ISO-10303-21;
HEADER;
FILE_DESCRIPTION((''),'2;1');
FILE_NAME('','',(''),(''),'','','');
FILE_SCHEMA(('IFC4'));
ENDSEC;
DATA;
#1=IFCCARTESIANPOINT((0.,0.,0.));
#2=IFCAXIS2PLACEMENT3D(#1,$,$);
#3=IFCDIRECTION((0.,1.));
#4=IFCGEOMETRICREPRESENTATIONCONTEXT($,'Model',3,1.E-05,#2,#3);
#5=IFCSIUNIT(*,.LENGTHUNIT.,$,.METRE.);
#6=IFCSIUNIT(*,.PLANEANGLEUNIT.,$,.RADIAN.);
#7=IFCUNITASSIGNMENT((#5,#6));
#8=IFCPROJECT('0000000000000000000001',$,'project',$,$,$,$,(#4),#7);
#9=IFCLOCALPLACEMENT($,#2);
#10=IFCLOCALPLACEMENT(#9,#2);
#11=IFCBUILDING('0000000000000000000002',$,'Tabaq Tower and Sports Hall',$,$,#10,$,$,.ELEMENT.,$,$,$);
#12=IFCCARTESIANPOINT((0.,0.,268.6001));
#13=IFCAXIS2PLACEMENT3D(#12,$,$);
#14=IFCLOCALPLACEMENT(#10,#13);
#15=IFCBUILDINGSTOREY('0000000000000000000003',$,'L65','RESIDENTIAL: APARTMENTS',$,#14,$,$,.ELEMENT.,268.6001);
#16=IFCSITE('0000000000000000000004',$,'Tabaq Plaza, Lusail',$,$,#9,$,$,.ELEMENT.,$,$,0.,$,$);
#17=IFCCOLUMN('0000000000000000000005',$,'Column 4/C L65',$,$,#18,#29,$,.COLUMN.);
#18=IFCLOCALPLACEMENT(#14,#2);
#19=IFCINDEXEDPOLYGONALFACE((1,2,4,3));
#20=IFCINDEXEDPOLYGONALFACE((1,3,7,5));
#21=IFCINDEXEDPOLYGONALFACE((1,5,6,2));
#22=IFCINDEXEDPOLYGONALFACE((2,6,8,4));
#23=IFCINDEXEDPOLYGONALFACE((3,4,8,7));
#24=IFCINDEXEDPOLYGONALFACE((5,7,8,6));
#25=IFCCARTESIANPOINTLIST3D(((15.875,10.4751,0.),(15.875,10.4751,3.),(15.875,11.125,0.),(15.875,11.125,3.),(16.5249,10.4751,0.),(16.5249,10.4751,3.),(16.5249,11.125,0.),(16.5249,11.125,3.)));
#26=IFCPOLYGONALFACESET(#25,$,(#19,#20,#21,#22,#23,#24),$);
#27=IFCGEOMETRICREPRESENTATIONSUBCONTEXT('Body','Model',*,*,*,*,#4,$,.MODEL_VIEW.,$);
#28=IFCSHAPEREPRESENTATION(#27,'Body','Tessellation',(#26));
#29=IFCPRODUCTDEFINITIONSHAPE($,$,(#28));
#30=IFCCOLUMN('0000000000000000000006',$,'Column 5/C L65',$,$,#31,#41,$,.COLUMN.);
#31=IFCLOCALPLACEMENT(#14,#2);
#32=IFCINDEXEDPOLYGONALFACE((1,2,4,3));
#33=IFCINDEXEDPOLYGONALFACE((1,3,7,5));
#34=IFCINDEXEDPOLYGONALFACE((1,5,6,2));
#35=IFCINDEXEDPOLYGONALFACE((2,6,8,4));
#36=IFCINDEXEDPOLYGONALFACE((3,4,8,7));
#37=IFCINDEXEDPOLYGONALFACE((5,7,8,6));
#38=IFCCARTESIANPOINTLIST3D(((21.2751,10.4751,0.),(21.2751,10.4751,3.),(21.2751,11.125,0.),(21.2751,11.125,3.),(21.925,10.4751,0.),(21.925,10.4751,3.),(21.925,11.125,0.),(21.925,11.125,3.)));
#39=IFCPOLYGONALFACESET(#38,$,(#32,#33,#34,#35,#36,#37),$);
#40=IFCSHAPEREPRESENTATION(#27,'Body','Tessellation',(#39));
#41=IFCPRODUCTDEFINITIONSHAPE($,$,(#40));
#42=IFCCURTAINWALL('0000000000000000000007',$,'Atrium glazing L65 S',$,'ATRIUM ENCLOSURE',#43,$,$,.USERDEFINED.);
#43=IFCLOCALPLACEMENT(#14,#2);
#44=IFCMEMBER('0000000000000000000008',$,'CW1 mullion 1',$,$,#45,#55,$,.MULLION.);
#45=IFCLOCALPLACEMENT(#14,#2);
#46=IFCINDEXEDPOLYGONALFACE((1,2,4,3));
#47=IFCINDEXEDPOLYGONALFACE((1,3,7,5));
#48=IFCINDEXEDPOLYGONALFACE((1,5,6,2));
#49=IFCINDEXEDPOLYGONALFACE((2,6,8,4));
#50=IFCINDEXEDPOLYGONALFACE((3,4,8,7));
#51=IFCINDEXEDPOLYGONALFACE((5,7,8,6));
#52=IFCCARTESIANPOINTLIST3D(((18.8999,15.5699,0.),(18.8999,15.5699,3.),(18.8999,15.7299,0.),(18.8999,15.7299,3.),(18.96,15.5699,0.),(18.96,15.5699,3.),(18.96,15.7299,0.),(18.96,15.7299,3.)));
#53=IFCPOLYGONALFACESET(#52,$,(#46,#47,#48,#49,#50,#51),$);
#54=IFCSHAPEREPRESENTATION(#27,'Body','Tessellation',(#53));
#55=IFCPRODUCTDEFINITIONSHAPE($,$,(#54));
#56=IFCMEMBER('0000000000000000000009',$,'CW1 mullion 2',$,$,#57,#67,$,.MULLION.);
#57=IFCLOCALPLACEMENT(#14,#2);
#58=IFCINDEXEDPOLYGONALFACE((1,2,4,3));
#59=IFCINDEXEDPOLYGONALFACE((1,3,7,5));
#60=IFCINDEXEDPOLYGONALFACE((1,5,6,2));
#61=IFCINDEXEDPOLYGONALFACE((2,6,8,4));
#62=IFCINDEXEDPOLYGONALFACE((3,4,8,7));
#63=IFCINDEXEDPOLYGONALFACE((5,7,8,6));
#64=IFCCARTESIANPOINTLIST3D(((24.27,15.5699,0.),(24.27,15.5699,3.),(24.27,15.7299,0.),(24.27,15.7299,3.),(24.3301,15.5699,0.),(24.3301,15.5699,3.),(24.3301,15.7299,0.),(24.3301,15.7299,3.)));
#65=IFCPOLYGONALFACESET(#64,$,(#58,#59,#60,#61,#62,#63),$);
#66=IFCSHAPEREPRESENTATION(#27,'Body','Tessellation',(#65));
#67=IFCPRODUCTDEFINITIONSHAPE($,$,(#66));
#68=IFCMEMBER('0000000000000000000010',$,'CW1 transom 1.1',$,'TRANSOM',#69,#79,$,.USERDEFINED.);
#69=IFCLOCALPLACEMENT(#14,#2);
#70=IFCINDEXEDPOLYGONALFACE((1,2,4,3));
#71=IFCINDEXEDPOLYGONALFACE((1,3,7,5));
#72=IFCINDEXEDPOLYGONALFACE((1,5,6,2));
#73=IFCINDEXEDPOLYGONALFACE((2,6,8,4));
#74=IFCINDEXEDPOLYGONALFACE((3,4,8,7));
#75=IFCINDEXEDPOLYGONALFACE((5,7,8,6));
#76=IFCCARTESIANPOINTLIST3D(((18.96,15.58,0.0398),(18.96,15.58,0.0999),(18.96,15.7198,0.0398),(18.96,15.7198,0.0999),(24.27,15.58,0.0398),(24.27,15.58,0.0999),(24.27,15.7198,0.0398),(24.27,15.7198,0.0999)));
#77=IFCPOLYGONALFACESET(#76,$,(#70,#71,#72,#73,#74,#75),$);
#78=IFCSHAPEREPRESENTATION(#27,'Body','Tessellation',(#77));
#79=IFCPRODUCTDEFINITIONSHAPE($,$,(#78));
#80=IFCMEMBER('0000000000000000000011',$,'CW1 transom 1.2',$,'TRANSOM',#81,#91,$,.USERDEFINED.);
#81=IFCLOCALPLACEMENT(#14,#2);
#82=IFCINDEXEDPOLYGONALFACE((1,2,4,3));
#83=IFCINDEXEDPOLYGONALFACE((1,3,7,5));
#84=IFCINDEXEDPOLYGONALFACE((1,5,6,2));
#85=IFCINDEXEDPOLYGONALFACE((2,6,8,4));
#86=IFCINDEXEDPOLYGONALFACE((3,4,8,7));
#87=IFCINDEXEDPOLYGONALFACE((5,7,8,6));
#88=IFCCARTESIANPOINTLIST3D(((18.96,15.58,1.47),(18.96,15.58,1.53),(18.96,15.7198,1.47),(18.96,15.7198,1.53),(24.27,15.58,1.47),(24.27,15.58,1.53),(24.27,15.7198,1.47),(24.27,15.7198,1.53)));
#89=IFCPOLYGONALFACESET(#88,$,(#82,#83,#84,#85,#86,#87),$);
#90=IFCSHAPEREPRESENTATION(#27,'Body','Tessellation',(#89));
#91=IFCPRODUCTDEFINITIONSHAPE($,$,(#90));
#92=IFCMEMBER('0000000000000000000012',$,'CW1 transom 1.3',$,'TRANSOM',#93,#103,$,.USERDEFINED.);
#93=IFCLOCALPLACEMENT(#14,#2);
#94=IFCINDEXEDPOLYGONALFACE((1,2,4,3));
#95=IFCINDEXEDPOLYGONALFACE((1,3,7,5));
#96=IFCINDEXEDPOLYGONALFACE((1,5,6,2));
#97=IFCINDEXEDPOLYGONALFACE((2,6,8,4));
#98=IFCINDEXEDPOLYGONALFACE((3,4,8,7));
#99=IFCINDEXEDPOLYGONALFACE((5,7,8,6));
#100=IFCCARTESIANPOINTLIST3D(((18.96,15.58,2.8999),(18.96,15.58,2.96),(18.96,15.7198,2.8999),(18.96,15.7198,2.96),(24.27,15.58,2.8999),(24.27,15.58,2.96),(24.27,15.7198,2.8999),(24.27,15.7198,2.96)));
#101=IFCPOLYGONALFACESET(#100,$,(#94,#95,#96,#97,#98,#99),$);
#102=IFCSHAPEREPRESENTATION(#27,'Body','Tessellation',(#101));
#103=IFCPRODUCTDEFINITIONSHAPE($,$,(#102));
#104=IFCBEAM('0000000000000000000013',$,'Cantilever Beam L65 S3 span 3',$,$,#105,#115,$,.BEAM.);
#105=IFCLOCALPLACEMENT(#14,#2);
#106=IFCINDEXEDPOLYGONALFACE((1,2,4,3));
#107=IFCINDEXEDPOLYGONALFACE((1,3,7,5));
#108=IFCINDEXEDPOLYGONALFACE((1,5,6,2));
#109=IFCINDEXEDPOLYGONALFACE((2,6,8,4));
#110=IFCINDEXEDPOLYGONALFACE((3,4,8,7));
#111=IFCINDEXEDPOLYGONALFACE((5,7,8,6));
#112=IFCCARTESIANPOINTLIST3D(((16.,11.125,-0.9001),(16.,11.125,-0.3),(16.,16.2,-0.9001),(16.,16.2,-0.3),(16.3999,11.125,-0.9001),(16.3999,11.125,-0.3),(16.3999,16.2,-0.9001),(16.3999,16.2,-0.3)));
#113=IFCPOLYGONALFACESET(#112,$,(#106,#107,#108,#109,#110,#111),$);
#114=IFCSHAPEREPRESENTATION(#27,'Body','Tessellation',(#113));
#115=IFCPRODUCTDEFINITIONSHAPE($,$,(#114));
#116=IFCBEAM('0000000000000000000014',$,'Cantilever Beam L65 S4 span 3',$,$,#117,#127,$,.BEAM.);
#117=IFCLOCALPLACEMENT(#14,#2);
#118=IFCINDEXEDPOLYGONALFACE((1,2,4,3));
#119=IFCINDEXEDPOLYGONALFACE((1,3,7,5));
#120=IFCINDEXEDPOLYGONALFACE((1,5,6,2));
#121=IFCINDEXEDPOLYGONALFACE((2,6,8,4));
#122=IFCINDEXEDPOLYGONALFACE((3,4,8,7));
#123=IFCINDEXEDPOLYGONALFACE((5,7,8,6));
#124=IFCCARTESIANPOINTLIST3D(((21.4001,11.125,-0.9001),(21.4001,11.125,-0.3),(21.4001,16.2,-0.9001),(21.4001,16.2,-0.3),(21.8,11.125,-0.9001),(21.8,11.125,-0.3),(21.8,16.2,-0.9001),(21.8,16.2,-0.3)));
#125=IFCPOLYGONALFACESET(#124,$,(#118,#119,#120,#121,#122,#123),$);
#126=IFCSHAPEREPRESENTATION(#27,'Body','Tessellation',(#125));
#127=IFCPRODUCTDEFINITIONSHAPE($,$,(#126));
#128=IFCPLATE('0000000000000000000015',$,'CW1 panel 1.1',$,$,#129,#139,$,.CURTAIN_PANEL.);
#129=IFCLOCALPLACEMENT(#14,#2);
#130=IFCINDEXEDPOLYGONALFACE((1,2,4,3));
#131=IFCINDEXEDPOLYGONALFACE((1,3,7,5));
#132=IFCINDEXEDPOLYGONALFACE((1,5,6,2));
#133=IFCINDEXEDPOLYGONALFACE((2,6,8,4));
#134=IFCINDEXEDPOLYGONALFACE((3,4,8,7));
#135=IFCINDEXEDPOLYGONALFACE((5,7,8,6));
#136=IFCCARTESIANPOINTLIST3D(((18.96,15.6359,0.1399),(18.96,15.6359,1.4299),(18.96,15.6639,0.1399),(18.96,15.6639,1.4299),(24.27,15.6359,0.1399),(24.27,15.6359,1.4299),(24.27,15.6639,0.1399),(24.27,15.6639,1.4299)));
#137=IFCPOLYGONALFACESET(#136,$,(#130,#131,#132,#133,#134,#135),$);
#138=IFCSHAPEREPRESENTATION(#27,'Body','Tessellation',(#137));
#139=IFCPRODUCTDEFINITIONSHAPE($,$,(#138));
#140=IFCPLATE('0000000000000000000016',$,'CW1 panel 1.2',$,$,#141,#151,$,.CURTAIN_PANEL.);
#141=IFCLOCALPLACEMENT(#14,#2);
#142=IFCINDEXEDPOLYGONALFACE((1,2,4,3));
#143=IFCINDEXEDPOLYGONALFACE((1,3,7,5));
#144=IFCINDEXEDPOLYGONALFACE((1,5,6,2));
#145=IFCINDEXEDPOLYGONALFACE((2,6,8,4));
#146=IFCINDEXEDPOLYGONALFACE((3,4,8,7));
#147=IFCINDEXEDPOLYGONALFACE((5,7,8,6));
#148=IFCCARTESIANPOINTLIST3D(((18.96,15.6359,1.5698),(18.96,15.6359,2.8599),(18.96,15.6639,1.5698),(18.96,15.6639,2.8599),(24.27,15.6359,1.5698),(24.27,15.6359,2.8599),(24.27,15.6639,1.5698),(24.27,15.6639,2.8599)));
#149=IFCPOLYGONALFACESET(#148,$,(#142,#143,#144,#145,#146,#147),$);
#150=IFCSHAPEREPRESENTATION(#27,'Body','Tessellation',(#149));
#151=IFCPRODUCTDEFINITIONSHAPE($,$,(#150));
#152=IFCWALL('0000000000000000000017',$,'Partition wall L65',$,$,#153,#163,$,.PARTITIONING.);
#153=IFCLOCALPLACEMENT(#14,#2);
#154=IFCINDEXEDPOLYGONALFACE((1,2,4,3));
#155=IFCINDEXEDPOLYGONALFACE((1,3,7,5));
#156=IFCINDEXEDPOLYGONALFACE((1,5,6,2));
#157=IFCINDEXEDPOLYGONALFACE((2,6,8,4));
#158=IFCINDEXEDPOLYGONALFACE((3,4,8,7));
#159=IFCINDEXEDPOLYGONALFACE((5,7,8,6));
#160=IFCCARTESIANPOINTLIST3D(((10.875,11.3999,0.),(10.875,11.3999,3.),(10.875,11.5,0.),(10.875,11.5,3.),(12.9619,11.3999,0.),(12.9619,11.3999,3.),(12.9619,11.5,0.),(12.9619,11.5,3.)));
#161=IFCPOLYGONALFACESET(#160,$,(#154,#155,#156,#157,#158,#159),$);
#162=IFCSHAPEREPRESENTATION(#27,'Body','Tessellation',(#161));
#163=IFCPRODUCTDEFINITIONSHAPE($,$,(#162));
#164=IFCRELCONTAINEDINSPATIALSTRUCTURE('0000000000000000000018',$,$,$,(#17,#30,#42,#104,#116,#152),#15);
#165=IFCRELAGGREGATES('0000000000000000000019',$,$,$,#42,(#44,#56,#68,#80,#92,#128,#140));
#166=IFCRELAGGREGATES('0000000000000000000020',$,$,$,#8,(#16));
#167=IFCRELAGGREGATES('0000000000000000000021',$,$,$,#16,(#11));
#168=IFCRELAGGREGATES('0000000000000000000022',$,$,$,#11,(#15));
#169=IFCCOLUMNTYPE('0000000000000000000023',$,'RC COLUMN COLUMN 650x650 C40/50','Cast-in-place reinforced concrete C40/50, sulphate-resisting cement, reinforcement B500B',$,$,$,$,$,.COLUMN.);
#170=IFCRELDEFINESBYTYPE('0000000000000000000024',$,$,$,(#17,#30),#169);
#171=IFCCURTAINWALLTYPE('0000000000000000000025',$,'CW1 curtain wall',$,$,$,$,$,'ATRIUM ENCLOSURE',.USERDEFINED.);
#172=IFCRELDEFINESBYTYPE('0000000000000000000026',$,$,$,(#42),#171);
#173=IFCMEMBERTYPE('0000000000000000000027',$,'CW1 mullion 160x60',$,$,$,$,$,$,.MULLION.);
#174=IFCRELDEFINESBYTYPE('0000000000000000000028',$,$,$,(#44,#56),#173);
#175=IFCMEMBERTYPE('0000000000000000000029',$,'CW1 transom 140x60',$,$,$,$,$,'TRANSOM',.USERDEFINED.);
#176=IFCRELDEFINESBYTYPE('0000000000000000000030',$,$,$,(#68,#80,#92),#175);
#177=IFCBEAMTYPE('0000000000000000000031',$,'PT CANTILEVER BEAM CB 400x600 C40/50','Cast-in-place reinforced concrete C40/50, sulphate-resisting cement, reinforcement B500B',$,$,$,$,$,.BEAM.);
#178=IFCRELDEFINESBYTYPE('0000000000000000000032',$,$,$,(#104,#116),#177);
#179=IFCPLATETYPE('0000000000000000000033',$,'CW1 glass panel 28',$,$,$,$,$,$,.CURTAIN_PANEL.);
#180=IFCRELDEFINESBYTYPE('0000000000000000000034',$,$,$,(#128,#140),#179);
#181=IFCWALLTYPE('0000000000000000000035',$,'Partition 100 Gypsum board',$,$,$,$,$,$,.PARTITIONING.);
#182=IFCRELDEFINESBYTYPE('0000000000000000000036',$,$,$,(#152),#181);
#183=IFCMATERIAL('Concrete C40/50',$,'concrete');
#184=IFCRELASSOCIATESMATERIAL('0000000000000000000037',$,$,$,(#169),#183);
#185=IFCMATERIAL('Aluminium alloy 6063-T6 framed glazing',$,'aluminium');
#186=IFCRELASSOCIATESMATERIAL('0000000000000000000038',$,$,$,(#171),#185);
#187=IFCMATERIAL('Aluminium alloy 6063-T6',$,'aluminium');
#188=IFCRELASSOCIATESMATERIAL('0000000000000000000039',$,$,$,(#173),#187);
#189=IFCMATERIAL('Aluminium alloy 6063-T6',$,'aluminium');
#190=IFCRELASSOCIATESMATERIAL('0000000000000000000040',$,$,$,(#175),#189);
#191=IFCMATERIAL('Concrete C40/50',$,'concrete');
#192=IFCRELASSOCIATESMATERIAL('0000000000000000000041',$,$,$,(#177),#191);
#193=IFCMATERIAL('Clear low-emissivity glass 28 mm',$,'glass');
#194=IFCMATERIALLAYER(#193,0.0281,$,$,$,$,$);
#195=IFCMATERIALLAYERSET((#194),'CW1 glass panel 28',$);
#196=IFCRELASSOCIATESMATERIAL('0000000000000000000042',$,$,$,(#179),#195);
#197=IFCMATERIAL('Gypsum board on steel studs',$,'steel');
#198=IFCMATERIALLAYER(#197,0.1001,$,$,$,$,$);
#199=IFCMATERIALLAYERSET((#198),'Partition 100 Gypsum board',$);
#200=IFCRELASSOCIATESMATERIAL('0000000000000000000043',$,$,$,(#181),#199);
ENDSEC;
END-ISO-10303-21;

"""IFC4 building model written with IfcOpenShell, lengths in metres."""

from ifc_helpers import new_model, si_unit, direction, frame, frame_2d, origin, origin_2d, place, context, subcontext, project, spatial, rectangle, extrude, material, layer, layer_set, material_profile, profile_set, type_object, element, aggregate, save


model = new_model("IFC4")

# Units and contexts
model_context = context("Model", 3, precision=1e-05, world=origin(), true_north=direction((0.0, 1.0)))
body_context = subcontext(model_context, "Body", "Model", "MODEL_VIEW")
ifc_project = project(units=[si_unit("LENGTHUNIT", "METRE"), si_unit("PLANEANGLEUNIT", "RADIAN")], contexts=[model_context])

# Site, building, storey
site_placement = place(None, origin())
site = spatial("IfcSite", under=ifc_project, at=site_placement, Name="Tabaq Plaza, Lusail", CompositionType="ELEMENT", RefElevation=0.0)
building_placement = place(site_placement, origin())
building = spatial("IfcBuilding", under=site, at=building_placement, Name="Tabaq Tower and Sports Hall", CompositionType="ELEMENT")
storey_placement = place(building_placement, frame((0.0, 0.0, 268.6001)))
storey = spatial("IfcBuildingStorey", under=building, at=storey_placement, Name="L65", Description="RESIDENTIAL: APARTMENTS", CompositionType="ELEMENT", Elevation=268.6001)

# Columns
ifc_material_1 = material(Name="Concrete C40/50", Category="concrete")
ifc_material_profile_1 = material_profile(ifc_material_1, rectangle(XDim=0.6499, YDim=0.6499, at=origin_2d()), Name="COLUMN 650x650")
ifc_profile_set_1 = profile_set([ifc_material_profile_1], Name="Concrete C40/50")
column_type = type_object("IfcColumnType", Name="RC COLUMN COLUMN 650x650 C40/50", Description="Cast-in-place reinforced concrete C40/50, sulphate-resisting cement, reinforcement B500B", PredefinedType="COLUMN", material=ifc_profile_set_1)
for number, where, z_axis, x_axis, name in (
    (1, (16.2, 10.8, 0.0), (0.0, 0.0, 1.0), (1.0, 0.0, 0.0), "Column 4/C L65"),
    (2, (21.6001, 10.8, 0.0), (0.0, 0.0, 1.0), (1.0, 0.0, 0.0), "Column 5/C L65"),
):
    element("IfcColumn", number, at=place(storey_placement, frame(where, z_axis=z_axis, x_axis=x_axis)), inside=storey, type_object=column_type, Name=name, PredefinedType="COLUMN", context=body_context, shape_type="SweptSolid", body=[
        extrude(rectangle(XDim=0.6499, YDim=0.6499, at=origin_2d()), origin(), (0.0, 0.0, 1.0), 3.0),
    ])

# Curtain wall, members
ifc_material_2 = material(Name="Aluminium alloy 6063-T6 framed glazing", Category="aluminium")
curtain_wall_type = type_object("IfcCurtainWallType", Name="CW1 curtain wall", ElementType="ATRIUM ENCLOSURE", PredefinedType="USERDEFINED", material=ifc_material_2)
curtain_wall_placement = place(storey_placement, origin())
curtain_wall = element("IfcCurtainWall", 3, at=curtain_wall_placement, inside=storey, type_object=curtain_wall_type, Name="Atrium glazing L65 S", ObjectType="ATRIUM ENCLOSURE", PredefinedType="USERDEFINED")
ifc_material_3 = material(Name="Aluminium alloy 6063-T6", Category="aluminium")
ifc_material_profile_2 = material_profile(ifc_material_3, rectangle(XDim=0.1599, YDim=0.0601, at=origin_2d()), Name="MULLION 160x60")
ifc_profile_set_2 = profile_set([ifc_material_profile_2], Name="Aluminium alloy 6063-T6")
member_type_1 = type_object("IfcMemberType", Name="CW1 mullion 160x60", PredefinedType="MULLION", material=ifc_profile_set_2)
member_1_placement = place(storey_placement, frame((18.9299, 15.6499, 0.0), z_axis=(0.0, 0.0, 1.0), x_axis=(0.0, 1.0, 0.0)))
member_1 = element("IfcMember", 4, at=member_1_placement, type_object=member_type_1, Name="CW1 mullion 1", PredefinedType="MULLION", context=body_context, shape_type="SweptSolid", body=[
    extrude(rectangle(XDim=0.1599, YDim=0.0601, at=origin_2d()), origin(), (0.0, 0.0, 1.0), 3.0),
])
member_2_placement = place(storey_placement, frame((24.3, 15.6499, 0.0), z_axis=(0.0, 0.0, 1.0), x_axis=(0.0, 1.0, 0.0)))
member_2 = element("IfcMember", 5, at=member_2_placement, type_object=member_type_1, Name="CW1 mullion 2", PredefinedType="MULLION", context=body_context, shape_type="SweptSolid", body=[
    extrude(rectangle(XDim=0.1599, YDim=0.0601, at=origin_2d()), origin(), (0.0, 0.0, 1.0), 3.0),
])
ifc_material_4 = material(Name="Aluminium alloy 6063-T6", Category="aluminium")
ifc_material_profile_3 = material_profile(ifc_material_4, rectangle(XDim=0.1399, YDim=0.0601, at=origin_2d()), Name="TRANSOM 140x60")
ifc_profile_set_3 = profile_set([ifc_material_profile_3], Name="Aluminium alloy 6063-T6")
member_type_2 = type_object("IfcMemberType", Name="CW1 transom 140x60", ElementType="TRANSOM", PredefinedType="USERDEFINED", material=ifc_profile_set_3)
member_3_placement = place(storey_placement, frame((18.96, 15.6499, 0.0698), z_axis=(1.0, 0.0, 0.0), x_axis=(0.0, 1.0, 0.0)))
member_3 = element("IfcMember", 6, at=member_3_placement, type_object=member_type_2, Name="CW1 transom 1.1", ObjectType="TRANSOM", PredefinedType="USERDEFINED", context=body_context, shape_type="SweptSolid", body=[
    extrude(rectangle(XDim=0.1399, YDim=0.0601, at=origin_2d()), origin(), (0.0, 0.0, 1.0), 5.3101),
])
member_4_placement = place(storey_placement, frame((18.96, 15.6499, 1.5), z_axis=(1.0, 0.0, 0.0), x_axis=(0.0, 1.0, 0.0)))
member_4 = element("IfcMember", 7, at=member_4_placement, type_object=member_type_2, Name="CW1 transom 1.2", ObjectType="TRANSOM", PredefinedType="USERDEFINED", context=body_context, shape_type="SweptSolid", body=[
    extrude(rectangle(XDim=0.1399, YDim=0.0601, at=origin_2d()), origin(), (0.0, 0.0, 1.0), 5.3101),
])
member_5_placement = place(storey_placement, frame((18.96, 15.6499, 2.9299), z_axis=(1.0, 0.0, 0.0), x_axis=(0.0, 1.0, 0.0)))
member_5 = element("IfcMember", 8, at=member_5_placement, type_object=member_type_2, Name="CW1 transom 1.3", ObjectType="TRANSOM", PredefinedType="USERDEFINED", context=body_context, shape_type="SweptSolid", body=[
    extrude(rectangle(XDim=0.1399, YDim=0.0601, at=origin_2d()), origin(), (0.0, 0.0, 1.0), 5.3101),
])

# Beams
ifc_material_5 = material(Name="Concrete C40/50", Category="concrete")
ifc_material_profile_4 = material_profile(ifc_material_5, rectangle(XDim=0.3999, YDim=0.6001, at=origin_2d()), Name="CB 400x600")
ifc_profile_set_4 = profile_set([ifc_material_profile_4], Name="Concrete C40/50")
beam_type = type_object("IfcBeamType", Name="PT CANTILEVER BEAM CB 400x600 C40/50", Description="Cast-in-place reinforced concrete C40/50, sulphate-resisting cement, reinforcement B500B", PredefinedType="BEAM", material=ifc_profile_set_4)
for number, where, z_axis, x_axis, name in (
    (9, (16.2, 11.125, -0.6001), (0.0, 1.0, 0.0), (-1.0, 0.0, 0.0), "Cantilever Beam L65 S3 span 3"),
    (10, (21.6001, 11.125, -0.6001), (0.0, 1.0, 0.0), (-1.0, 0.0, 0.0), "Cantilever Beam L65 S4 span 3"),
):
    element("IfcBeam", number, at=place(storey_placement, frame(where, z_axis=z_axis, x_axis=x_axis)), inside=storey, type_object=beam_type, Name=name, PredefinedType="BEAM", context=body_context, shape_type="SweptSolid", body=[
        extrude(rectangle(XDim=0.3999, YDim=0.6001, at=origin_2d()), origin(), (0.0, 0.0, 1.0), 5.075),
    ])

# Plates
ifc_material_6 = material(Name="Clear low-emissivity glass 28 mm", Category="glass")
ifc_layer_1 = layer(ifc_material_6, 0.0281)
ifc_layer_set_1 = layer_set([ifc_layer_1], Name="CW1 glass panel 28")
plate_type = type_object("IfcPlateType", Name="CW1 glass panel 28", PredefinedType="CURTAIN_PANEL", material=ifc_layer_set_1)
plate_1_placement = place(storey_placement, frame((21.615, 15.6499, 0.1399), z_axis=(0.0, 0.0, 1.0), x_axis=(1.0, 0.0, 0.0)))
plate_1 = element("IfcPlate", 11, at=plate_1_placement, type_object=plate_type, Name="CW1 panel 1.1", PredefinedType="CURTAIN_PANEL", context=body_context, shape_type="SweptSolid", body=[
    extrude(rectangle(XDim=5.3101, YDim=0.0281, at=origin_2d()), origin(), (0.0, 0.0, 1.0), 1.29),
])
plate_2_placement = place(storey_placement, frame((21.615, 15.6499, 1.5698), z_axis=(0.0, 0.0, 1.0), x_axis=(1.0, 0.0, 0.0)))
plate_2 = element("IfcPlate", 12, at=plate_2_placement, type_object=plate_type, Name="CW1 panel 1.2", PredefinedType="CURTAIN_PANEL", context=body_context, shape_type="SweptSolid", body=[
    extrude(rectangle(XDim=5.3101, YDim=0.0281, at=origin_2d()), origin(), (0.0, 0.0, 1.0), 1.29),
])
aggregate(curtain_wall, [member_1, member_2, member_3, member_4, member_5, plate_1, plate_2])

# Wall
ifc_material_7 = material(Name="Gypsum board on steel studs", Category="steel")
ifc_layer_2 = layer(ifc_material_7, 0.1001)
ifc_layer_set_2 = layer_set([ifc_layer_2], Name="Partition 100 Gypsum board")
wall_type_1 = type_object("IfcWallType", Name="Partition 100 Gypsum board", PredefinedType="PARTITIONING", material=ifc_layer_set_2)
wall_1_placement = place(storey_placement, frame((12.9619, 11.45, 0.0), z_axis=(0.0, 0.0, 1.0), x_axis=(-1.0, 0.0, 0.0)))
element("IfcWall", 13, at=wall_1_placement, inside=storey, type_object=wall_type_1, Name="Partition wall L65", PredefinedType="PARTITIONING", context=body_context, shape_type="SweptSolid", body=[
    extrude(rectangle(XDim=2.0869, YDim=0.1001, at=frame_2d((1.0435, 0.0))), origin(), (0.0, 0.0, 1.0), 3.0),
])

save(model, "model.ifc")
